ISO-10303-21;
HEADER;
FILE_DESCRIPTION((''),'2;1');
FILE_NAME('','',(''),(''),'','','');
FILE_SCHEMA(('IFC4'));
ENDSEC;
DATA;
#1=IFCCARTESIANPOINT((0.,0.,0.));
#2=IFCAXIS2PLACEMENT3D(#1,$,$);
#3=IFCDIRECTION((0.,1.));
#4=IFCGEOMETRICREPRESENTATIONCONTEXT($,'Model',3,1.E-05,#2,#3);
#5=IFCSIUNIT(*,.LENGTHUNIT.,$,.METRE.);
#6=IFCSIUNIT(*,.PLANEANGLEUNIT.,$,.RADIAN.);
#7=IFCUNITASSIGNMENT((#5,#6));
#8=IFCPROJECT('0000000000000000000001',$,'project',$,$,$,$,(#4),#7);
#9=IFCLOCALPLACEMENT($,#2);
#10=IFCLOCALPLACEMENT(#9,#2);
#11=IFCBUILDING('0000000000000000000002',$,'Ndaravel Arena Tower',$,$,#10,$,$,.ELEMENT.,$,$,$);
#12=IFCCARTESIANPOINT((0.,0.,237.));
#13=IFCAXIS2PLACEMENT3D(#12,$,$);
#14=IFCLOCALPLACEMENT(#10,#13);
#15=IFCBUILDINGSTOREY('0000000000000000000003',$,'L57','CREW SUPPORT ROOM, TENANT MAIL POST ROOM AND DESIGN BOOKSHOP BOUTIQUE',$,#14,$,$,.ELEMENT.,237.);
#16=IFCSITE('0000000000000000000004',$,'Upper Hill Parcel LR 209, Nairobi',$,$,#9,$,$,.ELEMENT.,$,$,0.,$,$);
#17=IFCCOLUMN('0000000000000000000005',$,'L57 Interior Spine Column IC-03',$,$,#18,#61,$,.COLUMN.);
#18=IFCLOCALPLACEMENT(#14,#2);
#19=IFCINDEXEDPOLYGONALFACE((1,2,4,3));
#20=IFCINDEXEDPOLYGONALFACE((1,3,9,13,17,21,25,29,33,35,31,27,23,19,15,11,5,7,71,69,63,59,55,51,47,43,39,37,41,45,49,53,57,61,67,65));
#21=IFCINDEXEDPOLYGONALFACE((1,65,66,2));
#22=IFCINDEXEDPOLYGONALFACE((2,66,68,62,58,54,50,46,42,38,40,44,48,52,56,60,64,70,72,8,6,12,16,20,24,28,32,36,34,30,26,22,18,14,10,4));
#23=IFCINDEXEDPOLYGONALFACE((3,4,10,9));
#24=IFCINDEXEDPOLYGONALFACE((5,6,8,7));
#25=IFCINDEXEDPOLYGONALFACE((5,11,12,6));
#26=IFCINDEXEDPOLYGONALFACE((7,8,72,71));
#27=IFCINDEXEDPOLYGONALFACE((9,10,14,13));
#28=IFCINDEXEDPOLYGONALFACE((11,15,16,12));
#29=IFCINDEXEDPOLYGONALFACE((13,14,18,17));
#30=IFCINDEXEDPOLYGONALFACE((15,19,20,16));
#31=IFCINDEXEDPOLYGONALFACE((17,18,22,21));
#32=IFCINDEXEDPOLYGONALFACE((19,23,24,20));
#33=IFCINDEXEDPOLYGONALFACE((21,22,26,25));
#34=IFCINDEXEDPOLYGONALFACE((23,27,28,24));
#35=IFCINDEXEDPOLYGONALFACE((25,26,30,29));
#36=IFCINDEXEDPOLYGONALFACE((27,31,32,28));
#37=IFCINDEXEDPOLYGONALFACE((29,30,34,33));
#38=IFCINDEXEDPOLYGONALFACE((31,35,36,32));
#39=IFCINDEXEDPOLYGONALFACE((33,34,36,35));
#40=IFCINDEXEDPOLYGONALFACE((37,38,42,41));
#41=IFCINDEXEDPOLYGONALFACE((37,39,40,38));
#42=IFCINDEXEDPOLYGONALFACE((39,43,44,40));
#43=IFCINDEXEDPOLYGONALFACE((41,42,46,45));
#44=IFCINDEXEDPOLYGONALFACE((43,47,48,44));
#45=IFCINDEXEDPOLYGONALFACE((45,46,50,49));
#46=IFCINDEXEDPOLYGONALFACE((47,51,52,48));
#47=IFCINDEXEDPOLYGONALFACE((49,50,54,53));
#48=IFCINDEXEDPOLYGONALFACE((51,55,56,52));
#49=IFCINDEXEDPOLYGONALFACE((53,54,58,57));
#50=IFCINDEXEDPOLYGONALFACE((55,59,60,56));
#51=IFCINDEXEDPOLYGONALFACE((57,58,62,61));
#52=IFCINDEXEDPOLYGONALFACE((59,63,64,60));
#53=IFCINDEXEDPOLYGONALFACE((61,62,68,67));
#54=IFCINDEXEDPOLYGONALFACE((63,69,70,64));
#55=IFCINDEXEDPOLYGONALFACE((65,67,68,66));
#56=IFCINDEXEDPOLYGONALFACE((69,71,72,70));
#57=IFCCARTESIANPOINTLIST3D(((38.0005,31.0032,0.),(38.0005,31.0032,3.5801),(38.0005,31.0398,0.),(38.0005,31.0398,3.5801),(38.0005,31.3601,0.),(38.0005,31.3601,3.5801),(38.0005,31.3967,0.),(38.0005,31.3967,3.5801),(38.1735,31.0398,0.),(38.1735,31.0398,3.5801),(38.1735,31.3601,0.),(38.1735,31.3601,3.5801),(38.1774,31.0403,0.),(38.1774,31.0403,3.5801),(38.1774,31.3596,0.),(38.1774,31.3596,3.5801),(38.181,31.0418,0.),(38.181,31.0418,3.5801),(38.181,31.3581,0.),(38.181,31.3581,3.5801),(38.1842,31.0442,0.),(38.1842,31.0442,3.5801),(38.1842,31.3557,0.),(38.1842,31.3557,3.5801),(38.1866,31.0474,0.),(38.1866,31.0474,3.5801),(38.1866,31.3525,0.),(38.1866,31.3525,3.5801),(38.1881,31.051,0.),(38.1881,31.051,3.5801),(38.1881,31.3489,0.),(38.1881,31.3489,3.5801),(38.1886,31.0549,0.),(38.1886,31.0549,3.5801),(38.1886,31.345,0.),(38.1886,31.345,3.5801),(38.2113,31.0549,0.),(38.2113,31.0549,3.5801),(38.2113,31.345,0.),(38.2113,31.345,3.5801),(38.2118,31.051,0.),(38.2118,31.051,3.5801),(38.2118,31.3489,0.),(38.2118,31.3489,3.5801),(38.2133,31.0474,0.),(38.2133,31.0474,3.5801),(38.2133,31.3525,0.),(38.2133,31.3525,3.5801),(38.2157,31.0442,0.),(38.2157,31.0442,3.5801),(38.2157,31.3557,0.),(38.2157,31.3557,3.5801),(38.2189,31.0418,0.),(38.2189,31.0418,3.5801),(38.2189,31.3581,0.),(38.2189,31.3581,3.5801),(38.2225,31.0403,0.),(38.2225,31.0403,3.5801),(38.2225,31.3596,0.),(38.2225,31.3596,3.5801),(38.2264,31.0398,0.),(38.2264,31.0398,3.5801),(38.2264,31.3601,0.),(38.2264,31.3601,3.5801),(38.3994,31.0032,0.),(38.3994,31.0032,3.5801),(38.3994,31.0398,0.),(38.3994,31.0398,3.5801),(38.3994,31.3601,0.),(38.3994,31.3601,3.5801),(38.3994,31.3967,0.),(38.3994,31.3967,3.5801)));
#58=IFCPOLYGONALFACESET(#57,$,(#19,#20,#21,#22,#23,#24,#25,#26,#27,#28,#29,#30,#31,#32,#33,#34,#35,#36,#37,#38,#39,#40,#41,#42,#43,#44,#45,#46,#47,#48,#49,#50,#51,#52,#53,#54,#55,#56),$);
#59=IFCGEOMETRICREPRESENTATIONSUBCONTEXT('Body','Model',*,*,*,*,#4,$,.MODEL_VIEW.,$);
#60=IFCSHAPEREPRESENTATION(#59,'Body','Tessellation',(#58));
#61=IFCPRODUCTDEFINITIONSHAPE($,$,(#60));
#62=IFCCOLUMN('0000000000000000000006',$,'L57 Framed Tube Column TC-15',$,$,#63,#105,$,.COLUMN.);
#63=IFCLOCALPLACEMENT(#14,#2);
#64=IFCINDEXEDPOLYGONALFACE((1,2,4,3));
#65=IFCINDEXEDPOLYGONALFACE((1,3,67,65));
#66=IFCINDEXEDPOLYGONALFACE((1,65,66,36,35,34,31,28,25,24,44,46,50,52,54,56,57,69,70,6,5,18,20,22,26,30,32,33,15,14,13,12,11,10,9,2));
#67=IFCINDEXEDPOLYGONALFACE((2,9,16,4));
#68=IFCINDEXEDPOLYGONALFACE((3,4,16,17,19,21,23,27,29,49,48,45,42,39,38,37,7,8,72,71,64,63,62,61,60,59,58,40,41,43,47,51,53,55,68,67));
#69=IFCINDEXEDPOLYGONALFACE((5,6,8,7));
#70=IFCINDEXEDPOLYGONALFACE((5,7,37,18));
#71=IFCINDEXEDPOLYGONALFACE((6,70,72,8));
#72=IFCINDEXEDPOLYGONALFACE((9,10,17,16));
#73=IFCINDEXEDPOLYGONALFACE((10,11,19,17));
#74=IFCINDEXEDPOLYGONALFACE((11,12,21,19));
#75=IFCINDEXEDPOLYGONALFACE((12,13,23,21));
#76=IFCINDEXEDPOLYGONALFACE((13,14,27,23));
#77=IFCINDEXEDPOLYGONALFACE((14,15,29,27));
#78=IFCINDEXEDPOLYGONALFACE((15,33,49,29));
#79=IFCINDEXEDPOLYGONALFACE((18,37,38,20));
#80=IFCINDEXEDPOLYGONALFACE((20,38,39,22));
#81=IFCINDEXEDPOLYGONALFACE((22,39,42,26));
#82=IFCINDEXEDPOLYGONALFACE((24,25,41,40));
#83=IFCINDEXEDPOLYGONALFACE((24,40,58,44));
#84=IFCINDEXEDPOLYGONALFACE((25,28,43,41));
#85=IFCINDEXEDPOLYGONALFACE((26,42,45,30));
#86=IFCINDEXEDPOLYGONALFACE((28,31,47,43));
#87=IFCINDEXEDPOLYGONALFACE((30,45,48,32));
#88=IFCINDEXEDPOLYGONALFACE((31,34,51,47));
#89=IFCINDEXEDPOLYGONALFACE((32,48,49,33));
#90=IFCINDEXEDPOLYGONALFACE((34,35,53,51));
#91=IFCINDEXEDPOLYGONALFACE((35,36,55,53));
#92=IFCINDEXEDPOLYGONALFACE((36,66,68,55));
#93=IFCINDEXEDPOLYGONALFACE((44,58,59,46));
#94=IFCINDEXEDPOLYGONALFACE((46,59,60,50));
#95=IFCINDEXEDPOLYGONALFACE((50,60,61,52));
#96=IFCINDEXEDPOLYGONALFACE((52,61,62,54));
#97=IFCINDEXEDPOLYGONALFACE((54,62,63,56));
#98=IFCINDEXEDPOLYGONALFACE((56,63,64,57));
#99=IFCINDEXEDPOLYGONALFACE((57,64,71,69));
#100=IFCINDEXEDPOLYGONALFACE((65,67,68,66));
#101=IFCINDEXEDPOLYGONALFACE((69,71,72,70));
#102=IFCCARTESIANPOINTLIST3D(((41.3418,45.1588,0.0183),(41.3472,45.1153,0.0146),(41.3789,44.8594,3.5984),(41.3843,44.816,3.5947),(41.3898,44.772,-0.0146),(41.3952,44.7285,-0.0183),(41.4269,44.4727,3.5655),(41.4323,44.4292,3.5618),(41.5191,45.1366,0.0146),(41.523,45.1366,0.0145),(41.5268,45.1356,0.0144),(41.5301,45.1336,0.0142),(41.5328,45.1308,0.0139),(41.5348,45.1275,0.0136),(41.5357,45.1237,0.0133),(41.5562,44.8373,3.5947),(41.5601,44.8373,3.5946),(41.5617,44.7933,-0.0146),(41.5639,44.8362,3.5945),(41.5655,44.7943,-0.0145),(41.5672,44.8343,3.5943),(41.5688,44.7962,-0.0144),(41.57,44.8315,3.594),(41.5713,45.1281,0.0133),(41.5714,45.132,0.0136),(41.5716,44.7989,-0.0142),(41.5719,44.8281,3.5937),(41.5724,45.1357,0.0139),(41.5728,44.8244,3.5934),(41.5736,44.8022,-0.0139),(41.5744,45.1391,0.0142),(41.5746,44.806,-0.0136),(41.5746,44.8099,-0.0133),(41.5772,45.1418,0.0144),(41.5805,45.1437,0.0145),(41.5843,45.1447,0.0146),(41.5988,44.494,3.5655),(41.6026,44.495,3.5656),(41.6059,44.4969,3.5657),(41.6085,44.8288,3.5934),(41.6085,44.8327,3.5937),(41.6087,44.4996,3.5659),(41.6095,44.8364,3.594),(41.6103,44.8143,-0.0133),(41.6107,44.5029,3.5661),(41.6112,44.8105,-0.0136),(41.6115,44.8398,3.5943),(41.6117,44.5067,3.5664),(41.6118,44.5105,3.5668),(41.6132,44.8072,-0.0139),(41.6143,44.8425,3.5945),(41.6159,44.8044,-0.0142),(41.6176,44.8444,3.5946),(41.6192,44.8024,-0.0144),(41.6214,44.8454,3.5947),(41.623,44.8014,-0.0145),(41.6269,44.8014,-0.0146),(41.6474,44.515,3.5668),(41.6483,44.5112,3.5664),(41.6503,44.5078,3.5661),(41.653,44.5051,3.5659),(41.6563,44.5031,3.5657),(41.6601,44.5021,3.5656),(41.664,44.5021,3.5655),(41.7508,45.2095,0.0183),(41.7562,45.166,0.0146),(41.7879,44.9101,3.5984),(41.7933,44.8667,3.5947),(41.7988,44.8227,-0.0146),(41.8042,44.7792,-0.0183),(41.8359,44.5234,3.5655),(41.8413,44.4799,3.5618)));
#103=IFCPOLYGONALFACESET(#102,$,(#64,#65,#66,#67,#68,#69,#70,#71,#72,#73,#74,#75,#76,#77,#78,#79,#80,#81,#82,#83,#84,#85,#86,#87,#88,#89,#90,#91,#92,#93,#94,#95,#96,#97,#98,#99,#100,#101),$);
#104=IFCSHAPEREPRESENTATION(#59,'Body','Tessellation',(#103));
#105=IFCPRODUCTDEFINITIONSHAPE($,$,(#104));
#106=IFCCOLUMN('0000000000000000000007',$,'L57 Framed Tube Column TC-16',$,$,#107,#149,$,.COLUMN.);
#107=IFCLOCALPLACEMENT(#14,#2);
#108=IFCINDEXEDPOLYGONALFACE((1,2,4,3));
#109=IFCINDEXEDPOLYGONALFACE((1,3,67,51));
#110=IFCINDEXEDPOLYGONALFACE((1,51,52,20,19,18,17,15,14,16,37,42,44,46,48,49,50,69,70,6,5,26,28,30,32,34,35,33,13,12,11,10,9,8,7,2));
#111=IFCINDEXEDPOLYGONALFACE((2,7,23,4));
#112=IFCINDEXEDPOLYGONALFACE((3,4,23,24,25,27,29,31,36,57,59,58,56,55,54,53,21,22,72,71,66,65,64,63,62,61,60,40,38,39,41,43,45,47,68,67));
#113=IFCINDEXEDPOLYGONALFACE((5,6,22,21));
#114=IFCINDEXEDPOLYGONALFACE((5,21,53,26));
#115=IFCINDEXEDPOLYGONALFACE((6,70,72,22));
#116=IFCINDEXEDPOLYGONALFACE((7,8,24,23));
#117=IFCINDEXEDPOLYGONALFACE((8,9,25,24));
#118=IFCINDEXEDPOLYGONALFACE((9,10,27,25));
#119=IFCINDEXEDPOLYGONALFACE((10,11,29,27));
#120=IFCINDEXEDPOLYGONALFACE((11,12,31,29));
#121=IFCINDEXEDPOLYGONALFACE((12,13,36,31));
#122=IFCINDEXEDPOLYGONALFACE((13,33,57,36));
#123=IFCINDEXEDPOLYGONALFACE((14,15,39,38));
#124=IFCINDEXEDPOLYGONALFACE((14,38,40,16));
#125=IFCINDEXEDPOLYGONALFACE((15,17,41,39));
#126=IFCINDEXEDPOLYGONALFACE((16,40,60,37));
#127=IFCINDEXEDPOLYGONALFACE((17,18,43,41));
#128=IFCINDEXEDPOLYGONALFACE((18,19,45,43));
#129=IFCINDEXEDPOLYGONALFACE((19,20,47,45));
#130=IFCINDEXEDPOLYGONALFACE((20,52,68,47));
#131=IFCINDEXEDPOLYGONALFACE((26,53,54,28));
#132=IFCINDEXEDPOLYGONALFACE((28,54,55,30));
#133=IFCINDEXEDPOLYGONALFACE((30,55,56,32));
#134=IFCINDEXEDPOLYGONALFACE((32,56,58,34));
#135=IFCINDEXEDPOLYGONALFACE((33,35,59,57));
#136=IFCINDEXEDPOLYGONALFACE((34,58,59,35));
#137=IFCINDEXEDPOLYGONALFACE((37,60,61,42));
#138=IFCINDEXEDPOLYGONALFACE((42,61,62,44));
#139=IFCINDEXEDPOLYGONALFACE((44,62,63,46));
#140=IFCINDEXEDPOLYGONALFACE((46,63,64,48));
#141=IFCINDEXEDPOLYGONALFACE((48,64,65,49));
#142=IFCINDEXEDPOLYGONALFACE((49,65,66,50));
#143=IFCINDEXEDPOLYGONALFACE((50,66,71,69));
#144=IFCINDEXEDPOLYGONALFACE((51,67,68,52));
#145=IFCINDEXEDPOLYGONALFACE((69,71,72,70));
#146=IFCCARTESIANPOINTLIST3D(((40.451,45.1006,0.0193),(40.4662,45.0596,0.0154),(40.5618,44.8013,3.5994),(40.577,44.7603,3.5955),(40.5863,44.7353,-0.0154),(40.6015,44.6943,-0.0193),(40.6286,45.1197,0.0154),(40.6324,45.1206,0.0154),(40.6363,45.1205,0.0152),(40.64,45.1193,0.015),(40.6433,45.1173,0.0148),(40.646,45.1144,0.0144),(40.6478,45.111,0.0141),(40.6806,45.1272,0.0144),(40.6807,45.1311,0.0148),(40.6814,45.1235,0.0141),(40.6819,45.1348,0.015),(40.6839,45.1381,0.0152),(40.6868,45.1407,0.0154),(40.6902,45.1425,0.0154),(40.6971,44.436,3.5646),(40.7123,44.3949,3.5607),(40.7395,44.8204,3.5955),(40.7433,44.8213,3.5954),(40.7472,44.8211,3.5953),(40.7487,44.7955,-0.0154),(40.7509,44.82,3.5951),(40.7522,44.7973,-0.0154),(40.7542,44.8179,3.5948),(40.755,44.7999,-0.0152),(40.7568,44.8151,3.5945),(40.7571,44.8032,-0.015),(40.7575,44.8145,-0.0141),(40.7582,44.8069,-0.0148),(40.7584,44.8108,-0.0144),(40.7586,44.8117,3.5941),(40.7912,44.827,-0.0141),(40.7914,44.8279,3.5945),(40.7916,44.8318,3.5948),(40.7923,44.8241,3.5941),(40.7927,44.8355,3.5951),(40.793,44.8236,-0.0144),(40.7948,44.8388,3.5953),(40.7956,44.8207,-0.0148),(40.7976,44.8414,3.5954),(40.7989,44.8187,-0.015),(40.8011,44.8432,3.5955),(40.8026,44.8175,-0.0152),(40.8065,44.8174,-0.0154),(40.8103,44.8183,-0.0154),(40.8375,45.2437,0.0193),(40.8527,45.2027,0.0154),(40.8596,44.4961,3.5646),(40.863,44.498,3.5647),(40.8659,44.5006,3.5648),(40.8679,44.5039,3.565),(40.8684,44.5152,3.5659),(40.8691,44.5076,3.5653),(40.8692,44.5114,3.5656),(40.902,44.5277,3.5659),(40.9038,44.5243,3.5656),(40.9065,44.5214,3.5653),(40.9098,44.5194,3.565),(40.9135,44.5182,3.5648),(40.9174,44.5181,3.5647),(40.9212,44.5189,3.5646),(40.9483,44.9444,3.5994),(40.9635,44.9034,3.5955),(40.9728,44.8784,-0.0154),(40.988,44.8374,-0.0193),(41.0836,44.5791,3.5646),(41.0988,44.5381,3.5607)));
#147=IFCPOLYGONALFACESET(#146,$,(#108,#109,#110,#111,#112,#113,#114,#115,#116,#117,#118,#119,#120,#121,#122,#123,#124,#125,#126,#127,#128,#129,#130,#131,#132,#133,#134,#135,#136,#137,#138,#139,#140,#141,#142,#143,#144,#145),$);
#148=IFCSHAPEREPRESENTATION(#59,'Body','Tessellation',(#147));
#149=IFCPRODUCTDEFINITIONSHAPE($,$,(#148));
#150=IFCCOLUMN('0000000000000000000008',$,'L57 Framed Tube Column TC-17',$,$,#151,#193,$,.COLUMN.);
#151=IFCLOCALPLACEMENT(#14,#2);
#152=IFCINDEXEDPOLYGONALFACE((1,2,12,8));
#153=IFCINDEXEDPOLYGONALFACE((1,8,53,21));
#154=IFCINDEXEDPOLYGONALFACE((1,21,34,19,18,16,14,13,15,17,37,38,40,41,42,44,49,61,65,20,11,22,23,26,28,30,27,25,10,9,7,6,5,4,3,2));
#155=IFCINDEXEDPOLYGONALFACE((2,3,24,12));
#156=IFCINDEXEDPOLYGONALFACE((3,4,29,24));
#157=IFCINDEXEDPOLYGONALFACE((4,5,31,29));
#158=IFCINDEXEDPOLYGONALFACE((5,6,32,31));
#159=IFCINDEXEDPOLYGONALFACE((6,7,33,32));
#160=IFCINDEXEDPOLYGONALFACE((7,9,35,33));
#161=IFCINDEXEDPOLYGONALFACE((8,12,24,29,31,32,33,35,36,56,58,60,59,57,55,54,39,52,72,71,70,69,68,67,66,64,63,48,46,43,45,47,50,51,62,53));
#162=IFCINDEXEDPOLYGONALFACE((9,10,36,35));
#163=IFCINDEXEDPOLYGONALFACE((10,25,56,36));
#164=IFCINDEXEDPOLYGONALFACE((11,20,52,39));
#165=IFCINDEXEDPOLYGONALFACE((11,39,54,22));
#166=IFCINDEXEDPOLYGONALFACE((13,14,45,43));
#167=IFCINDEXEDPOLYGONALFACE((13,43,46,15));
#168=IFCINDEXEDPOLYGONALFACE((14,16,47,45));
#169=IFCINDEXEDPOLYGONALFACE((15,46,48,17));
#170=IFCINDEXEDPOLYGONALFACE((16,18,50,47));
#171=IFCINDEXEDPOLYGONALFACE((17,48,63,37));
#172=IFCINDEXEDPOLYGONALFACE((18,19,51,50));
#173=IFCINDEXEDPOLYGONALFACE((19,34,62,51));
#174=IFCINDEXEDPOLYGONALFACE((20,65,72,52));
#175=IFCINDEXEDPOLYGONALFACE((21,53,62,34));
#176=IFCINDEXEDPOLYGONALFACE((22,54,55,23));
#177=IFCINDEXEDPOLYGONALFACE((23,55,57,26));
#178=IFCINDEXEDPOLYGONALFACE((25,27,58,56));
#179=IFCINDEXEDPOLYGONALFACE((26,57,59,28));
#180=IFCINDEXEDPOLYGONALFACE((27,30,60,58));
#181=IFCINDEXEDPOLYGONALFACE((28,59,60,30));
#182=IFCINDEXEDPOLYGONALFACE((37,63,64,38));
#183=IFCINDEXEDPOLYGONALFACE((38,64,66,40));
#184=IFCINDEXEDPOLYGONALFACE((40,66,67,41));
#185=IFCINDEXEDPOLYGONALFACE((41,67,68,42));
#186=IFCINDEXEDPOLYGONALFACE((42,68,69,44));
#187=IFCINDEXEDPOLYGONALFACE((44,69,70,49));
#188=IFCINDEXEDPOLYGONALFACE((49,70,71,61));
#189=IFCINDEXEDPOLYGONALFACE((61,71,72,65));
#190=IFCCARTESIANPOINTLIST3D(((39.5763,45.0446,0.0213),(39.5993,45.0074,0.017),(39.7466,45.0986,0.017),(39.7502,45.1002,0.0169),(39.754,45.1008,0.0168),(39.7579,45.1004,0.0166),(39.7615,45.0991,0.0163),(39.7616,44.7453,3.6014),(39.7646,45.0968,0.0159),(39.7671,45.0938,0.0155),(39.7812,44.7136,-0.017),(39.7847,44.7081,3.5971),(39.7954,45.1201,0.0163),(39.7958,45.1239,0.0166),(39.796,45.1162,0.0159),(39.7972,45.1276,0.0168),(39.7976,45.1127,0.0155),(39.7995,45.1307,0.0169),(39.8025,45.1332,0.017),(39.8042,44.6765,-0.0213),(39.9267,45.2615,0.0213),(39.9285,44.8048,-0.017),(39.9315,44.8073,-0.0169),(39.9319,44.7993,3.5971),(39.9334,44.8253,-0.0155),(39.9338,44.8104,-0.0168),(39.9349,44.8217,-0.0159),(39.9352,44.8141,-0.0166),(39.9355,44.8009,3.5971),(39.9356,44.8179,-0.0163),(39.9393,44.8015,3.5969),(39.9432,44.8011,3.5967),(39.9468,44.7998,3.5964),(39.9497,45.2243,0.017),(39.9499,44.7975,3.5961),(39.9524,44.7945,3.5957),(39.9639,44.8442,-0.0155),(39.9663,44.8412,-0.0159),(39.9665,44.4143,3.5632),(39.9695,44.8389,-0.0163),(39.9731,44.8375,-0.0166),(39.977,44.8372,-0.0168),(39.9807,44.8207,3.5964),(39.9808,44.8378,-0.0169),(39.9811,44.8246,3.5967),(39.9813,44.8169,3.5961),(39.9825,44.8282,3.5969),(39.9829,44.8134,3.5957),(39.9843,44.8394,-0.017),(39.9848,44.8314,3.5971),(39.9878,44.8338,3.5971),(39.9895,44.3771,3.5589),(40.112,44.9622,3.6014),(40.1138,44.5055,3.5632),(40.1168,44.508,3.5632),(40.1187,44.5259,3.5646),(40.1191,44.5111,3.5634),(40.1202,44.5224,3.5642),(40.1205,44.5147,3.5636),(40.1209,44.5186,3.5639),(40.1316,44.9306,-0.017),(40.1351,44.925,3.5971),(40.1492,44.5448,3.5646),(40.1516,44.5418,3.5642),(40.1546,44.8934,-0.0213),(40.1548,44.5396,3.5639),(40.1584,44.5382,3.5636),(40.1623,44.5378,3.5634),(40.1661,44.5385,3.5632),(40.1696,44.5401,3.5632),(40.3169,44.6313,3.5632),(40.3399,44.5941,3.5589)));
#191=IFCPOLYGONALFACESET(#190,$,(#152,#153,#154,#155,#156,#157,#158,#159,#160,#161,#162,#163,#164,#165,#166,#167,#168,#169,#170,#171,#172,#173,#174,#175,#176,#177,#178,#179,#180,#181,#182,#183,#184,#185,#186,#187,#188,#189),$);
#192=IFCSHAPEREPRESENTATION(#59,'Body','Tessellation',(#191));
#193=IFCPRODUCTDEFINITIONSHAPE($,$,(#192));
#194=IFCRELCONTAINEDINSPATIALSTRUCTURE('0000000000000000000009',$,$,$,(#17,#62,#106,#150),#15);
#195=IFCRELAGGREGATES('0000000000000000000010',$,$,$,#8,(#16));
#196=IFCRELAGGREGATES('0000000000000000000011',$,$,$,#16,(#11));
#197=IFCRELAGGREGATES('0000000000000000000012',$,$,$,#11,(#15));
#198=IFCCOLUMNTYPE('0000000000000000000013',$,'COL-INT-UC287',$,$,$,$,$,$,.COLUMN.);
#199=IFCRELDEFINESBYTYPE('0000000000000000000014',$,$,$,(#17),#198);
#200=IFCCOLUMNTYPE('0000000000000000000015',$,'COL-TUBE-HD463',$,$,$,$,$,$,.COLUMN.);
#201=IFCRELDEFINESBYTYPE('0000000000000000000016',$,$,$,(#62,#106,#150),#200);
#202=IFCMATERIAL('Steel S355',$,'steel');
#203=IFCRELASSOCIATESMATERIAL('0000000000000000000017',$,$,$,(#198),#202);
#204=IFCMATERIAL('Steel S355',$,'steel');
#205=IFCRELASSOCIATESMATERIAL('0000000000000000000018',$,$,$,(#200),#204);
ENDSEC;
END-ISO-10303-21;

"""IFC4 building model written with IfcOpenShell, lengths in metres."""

from ifc_helpers import new_model, si_unit, direction, frame, origin, origin_2d, place, context, subcontext, project, spatial, i_section, extrude, material, material_profile, profile_set, type_object, element, save


model = new_model("IFC4")

# Units and contexts
model_context = context("Model", 3, precision=1e-05, world=origin(), true_north=direction((0.0, 1.0)))
body_context = subcontext(model_context, "Body", "Model", "MODEL_VIEW")
ifc_project = project(units=[si_unit("LENGTHUNIT", "METRE"), si_unit("PLANEANGLEUNIT", "RADIAN")], contexts=[model_context])

# Site, building, storey
site_placement = place(None, origin())
site = spatial("IfcSite", under=ifc_project, at=site_placement, Name="Upper Hill Parcel LR 209, Nairobi", CompositionType="ELEMENT", RefElevation=0.0)
building_placement = place(site_placement, origin())
building = spatial("IfcBuilding", under=site, at=building_placement, Name="Ndaravel Arena Tower", CompositionType="ELEMENT")
storey_placement = place(building_placement, frame((0.0, 0.0, 237.0)))
storey = spatial("IfcBuildingStorey", under=building, at=storey_placement, Name="L57", Description="CREW SUPPORT ROOM, TENANT MAIL POST ROOM AND DESIGN BOOKSHOP BOUTIQUE", CompositionType="ELEMENT", Elevation=237.0)

# Columns
ifc_material_1 = material(Name="Steel S355", Category="steel")
ifc_material_profile_1 = material_profile(ifc_material_1, i_section(OverallWidth=0.3989, OverallDepth=0.3936, WebThickness=0.0227, FlangeThickness=0.0366, FilletRadius=0.0151, at=origin_2d()), Name="UC 356x406x287")
ifc_profile_set_1 = profile_set([ifc_material_profile_1], Name="Steel S355")
column_type_1 = type_object("IfcColumnType", Name="COL-INT-UC287", PredefinedType="COLUMN", material=ifc_profile_set_1)
column_1_placement = place(storey_placement, frame((38.2, 31.2, 0.0), z_axis=(0.0, 0.0, 1.0), x_axis=(1.0, 0.0, 0.0)))
element("IfcColumn", 1, at=column_1_placement, inside=storey, type_object=column_type_1, Name="L57 Interior Spine Column IC-03", PredefinedType="COLUMN", context=body_context, shape_type="SweptSolid", body=[
    extrude(i_section(OverallWidth=0.3989, OverallDepth=0.3936, WebThickness=0.0227, FlangeThickness=0.0366, FilletRadius=0.0151, at=origin_2d()), origin(), (0.0, 0.0, 1.0), 3.5801),
])
ifc_material_2 = material(Name="Steel S355", Category="steel")
ifc_material_profile_2 = material_profile(ifc_material_2, i_section(OverallWidth=0.4121, OverallDepth=0.4351, WebThickness=0.0359, FlangeThickness=0.0439, FilletRadius=0.0149, at=origin_2d()), Name="HD 400x463")
ifc_profile_set_2 = profile_set([ifc_material_profile_2], Name="Steel S355")
column_type_2 = type_object("IfcColumnType", Name="COL-TUBE-HD463", PredefinedType="COLUMN", material=ifc_profile_set_2)
column_2_placement = place(storey_placement, frame((41.573, 44.969, 0.0), z_axis=(0.010329, -0.083311, 0.99647), x_axis=(0.992402, 0.123038, 0.0)))
element("IfcColumn", 2, at=column_2_placement, inside=storey, type_object=column_type_2, Name="L57 Framed Tube Column TC-15", PredefinedType="COLUMN", context=body_context, shape_type="SweptSolid", body=[
    extrude(i_section(OverallWidth=0.4121, OverallDepth=0.4351, WebThickness=0.0359, FlangeThickness=0.0439, FilletRadius=0.0149, at=origin_2d()), origin(), (0.0, 0.0, 1.0), 3.5928),
])
column_3_placement = place(storey_placement, frame((40.7195, 44.969, 0.0), z_axis=(0.030838, -0.083276, 0.996049), x_axis=(0.937767, 0.347265, 0.0)))
element("IfcColumn", 3, at=column_3_placement, inside=storey, type_object=column_type_2, Name="L57 Framed Tube Column TC-16", PredefinedType="COLUMN", context=body_context, shape_type="SweptSolid", body=[
    extrude(i_section(OverallWidth=0.4121, OverallDepth=0.4351, WebThickness=0.0359, FlangeThickness=0.0439, FilletRadius=0.0149, at=origin_2d()), origin(), (0.0, 0.0, 1.0), 3.5942),
])
column_4_placement = place(storey_placement, frame((39.8655, 44.969, 0.0), z_axis=(0.051511, -0.083205, 0.9952), x_axis=(0.85025, 0.526378, 0.0)))
element("IfcColumn", 4, at=column_4_placement, inside=storey, type_object=column_type_2, Name="L57 Framed Tube Column TC-17", PredefinedType="COLUMN", context=body_context, shape_type="SweptSolid", body=[
    extrude(i_section(OverallWidth=0.4121, OverallDepth=0.4351, WebThickness=0.0359, FlangeThickness=0.0439, FilletRadius=0.0149, at=origin_2d()), origin(), (0.0, 0.0, 1.0), 3.5974),
])

save(model, "model.ifc")
